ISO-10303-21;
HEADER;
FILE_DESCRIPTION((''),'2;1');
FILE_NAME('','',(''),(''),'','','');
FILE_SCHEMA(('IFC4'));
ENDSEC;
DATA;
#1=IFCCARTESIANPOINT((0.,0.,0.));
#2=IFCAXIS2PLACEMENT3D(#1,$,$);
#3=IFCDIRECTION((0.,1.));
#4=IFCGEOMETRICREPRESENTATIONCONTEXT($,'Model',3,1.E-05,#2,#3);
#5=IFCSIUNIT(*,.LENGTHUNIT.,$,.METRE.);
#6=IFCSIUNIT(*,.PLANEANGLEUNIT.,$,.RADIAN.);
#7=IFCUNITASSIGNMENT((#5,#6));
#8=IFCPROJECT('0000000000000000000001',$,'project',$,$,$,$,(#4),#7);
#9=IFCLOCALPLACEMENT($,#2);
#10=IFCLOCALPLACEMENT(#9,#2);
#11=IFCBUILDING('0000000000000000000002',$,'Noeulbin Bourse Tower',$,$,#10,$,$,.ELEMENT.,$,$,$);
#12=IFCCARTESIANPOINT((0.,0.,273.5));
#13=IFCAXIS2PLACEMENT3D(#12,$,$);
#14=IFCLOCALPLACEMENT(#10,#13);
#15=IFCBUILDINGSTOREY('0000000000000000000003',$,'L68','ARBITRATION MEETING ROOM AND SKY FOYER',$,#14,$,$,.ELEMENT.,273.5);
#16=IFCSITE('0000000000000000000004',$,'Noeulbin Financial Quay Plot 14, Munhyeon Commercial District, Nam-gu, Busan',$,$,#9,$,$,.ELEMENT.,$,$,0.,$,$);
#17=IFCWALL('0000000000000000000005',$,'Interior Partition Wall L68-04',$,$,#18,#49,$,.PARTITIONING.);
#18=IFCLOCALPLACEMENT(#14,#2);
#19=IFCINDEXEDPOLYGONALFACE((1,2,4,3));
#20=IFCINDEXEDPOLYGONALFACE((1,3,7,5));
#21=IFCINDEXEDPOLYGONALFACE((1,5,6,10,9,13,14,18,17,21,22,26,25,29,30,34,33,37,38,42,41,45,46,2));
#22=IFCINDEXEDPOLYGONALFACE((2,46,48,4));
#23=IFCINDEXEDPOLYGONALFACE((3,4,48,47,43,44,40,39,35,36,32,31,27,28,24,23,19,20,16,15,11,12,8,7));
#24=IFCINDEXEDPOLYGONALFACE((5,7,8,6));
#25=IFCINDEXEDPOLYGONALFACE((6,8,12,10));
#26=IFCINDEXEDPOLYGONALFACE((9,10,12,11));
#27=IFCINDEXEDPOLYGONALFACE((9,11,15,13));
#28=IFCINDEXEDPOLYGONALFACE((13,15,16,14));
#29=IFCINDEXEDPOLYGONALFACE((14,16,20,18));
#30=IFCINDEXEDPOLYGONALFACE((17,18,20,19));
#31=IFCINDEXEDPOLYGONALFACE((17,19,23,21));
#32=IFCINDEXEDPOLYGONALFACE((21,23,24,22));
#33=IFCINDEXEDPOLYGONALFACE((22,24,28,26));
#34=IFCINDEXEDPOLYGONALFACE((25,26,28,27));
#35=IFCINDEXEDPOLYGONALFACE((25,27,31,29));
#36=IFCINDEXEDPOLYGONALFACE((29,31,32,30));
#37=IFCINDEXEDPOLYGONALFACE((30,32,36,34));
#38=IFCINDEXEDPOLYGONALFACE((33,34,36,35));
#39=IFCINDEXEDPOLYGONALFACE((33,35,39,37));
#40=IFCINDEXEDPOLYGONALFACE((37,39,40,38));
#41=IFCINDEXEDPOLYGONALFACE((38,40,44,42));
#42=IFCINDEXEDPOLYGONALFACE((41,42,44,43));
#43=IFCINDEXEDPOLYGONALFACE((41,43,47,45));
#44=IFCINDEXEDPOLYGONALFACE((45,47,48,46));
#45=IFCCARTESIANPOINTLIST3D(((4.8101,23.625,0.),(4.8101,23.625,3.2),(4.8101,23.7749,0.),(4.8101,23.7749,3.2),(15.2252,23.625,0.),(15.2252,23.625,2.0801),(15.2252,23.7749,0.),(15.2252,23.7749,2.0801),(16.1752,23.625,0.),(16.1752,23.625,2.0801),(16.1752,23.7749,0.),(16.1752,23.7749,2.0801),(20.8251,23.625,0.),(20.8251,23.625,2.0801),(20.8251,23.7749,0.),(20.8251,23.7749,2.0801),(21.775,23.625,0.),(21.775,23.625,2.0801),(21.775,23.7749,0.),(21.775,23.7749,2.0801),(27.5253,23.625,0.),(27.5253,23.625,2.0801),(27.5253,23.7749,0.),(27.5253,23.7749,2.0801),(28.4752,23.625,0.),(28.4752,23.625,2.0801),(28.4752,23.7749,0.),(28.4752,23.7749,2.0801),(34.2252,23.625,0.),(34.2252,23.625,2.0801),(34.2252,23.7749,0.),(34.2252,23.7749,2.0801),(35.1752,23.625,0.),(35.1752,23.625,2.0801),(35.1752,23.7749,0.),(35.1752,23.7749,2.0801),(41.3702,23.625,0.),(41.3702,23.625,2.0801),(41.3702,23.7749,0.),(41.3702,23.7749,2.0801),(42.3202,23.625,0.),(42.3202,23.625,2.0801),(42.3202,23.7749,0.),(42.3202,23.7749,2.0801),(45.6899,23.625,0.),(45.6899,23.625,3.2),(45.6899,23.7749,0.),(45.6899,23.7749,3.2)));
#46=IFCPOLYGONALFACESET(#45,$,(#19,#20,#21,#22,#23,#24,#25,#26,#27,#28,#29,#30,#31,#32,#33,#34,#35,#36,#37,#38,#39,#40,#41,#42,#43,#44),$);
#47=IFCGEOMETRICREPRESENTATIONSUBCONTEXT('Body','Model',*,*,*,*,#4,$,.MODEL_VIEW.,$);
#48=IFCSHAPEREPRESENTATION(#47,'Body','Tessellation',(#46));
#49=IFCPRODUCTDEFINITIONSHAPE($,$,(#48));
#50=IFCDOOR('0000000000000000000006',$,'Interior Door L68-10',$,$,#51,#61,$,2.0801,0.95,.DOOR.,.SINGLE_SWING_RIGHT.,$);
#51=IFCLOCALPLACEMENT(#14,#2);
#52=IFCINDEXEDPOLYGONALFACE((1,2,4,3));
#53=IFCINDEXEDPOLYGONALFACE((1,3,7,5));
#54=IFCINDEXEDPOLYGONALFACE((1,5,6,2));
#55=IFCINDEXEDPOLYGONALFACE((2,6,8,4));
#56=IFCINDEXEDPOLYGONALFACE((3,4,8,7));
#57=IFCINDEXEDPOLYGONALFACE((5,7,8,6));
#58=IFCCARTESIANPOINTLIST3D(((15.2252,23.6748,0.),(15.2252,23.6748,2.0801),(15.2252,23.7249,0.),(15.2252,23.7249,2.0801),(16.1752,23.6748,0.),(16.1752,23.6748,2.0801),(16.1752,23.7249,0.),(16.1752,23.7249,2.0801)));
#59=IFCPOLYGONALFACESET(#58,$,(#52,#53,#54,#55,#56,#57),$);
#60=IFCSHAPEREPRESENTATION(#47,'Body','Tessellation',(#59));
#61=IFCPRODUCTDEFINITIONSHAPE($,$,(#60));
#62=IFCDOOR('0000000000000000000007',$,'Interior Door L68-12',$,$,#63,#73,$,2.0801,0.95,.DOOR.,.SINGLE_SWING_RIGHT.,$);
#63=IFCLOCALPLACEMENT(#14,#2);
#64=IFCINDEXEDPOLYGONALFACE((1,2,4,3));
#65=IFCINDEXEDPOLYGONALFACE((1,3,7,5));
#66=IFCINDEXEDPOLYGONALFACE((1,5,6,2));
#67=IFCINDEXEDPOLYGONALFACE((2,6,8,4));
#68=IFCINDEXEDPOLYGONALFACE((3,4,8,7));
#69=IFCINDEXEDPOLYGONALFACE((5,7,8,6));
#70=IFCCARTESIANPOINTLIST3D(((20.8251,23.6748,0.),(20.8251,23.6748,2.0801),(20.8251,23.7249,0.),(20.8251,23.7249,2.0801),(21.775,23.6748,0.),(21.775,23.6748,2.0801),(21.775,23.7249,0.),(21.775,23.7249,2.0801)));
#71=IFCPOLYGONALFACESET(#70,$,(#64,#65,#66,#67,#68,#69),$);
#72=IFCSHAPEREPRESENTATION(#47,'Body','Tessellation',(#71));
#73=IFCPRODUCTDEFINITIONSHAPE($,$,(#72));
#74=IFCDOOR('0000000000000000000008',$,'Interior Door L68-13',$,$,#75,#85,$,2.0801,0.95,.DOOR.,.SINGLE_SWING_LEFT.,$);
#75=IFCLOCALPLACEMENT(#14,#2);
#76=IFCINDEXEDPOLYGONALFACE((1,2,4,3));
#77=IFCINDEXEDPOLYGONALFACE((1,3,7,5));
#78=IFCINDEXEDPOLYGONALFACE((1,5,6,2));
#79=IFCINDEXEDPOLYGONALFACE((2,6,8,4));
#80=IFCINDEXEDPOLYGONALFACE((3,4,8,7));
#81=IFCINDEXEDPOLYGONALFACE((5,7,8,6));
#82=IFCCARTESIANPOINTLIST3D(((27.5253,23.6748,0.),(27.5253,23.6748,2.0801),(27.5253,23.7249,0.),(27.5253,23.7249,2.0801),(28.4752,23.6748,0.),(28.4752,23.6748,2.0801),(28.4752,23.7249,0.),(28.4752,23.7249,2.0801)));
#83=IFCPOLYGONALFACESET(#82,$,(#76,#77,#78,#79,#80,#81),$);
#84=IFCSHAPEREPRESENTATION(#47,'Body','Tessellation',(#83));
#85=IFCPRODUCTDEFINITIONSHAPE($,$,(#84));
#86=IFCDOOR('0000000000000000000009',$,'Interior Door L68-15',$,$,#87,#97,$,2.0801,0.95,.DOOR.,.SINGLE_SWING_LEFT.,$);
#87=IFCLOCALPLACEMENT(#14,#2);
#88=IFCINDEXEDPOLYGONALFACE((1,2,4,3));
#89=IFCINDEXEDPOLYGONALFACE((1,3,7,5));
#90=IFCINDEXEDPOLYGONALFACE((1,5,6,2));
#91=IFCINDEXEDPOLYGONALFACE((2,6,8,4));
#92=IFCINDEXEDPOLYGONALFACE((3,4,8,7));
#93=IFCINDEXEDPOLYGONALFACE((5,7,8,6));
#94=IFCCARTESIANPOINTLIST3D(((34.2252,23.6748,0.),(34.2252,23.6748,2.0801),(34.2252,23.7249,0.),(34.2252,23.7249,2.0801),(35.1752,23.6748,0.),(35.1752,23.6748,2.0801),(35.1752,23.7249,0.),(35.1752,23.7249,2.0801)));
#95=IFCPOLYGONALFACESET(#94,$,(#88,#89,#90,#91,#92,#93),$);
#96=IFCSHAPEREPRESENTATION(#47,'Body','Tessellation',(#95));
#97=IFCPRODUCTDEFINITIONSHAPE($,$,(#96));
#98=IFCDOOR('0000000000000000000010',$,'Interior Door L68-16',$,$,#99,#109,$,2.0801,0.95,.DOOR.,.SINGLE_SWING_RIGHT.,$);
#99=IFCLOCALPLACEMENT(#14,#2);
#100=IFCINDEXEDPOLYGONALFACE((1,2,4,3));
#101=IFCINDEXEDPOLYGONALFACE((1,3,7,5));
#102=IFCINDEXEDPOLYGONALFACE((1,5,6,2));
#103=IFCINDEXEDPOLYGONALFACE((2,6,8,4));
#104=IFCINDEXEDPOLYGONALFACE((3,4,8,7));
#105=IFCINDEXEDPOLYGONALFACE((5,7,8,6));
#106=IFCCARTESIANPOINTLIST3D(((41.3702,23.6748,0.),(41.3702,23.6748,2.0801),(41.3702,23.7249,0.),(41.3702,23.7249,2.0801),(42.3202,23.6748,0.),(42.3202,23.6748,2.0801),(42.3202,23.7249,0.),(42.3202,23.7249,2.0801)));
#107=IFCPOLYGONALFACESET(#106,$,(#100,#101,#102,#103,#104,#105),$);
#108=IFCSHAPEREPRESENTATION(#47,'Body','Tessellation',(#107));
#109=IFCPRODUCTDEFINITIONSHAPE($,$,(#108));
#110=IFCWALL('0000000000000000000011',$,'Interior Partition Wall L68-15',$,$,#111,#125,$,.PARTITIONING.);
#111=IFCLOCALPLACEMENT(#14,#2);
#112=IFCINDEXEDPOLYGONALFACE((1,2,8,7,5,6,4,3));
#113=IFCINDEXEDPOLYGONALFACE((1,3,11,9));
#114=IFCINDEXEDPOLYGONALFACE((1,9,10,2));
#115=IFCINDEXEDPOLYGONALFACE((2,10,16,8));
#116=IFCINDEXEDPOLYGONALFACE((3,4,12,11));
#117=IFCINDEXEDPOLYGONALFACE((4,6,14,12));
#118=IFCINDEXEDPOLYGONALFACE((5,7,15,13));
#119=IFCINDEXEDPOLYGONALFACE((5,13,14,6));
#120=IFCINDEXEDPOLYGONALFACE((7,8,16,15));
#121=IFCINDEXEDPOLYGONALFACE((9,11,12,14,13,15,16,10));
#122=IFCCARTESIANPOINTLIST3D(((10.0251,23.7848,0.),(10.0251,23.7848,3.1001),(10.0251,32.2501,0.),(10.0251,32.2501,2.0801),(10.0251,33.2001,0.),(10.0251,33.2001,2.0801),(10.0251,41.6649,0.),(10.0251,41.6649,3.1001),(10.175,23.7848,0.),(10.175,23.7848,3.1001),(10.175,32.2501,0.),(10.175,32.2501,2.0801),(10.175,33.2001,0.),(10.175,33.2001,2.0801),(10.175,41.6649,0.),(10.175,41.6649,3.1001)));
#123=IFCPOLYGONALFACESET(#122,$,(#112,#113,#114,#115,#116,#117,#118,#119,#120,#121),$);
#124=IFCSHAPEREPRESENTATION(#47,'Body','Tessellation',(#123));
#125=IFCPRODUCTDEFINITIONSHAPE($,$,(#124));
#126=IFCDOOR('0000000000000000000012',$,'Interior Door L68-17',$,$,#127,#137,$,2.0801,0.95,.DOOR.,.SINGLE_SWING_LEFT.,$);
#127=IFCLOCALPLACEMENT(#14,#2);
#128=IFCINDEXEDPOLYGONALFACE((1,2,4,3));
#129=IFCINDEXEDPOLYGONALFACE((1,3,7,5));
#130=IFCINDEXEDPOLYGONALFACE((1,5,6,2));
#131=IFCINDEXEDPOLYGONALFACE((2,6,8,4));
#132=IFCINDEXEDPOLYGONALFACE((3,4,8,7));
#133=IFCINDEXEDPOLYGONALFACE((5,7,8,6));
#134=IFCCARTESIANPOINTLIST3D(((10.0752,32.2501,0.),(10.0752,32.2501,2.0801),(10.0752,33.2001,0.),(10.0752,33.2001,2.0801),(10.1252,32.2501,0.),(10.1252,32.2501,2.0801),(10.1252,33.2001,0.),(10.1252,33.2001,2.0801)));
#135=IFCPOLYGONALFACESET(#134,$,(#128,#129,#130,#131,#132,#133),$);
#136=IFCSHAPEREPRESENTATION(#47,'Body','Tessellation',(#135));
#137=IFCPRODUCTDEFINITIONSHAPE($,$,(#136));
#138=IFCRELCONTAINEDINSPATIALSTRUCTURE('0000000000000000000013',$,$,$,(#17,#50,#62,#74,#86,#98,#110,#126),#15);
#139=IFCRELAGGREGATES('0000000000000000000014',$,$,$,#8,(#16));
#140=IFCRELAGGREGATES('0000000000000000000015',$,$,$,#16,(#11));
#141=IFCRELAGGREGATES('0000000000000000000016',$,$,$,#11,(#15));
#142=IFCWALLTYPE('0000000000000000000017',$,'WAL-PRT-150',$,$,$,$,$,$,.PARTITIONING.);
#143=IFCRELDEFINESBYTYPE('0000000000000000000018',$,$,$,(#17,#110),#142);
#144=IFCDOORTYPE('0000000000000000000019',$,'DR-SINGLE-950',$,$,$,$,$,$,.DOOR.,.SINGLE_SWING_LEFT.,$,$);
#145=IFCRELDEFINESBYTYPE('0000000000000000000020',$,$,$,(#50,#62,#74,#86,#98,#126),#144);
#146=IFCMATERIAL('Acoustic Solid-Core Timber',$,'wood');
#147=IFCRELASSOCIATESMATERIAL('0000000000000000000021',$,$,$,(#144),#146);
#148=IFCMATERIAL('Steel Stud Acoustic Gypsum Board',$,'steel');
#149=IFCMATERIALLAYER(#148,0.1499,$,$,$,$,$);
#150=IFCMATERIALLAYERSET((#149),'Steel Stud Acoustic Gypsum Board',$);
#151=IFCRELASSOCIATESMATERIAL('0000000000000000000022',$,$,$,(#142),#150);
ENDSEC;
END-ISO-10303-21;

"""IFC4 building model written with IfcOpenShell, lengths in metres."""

from ifc_helpers import new_model, si_unit, direction, frame, frame_2d, origin, place, context, subcontext, project, spatial, rectangle, extrude, material, layer, layer_set, type_object, element, fill, save


model = new_model("IFC4")

# Units and contexts
model_context = context("Model", 3, precision=1e-05, world=origin(), true_north=direction((0.0, 1.0)))
body_context = subcontext(model_context, "Body", "Model", "MODEL_VIEW")
ifc_project = project(units=[si_unit("LENGTHUNIT", "METRE"), si_unit("PLANEANGLEUNIT", "RADIAN")], contexts=[model_context])

# Site, building, storey
site_placement = place(None, origin())
site = spatial("IfcSite", under=ifc_project, at=site_placement, Name="Noeulbin Financial Quay Plot 14, Munhyeon Commercial District, Nam-gu, Busan", CompositionType="ELEMENT", RefElevation=0.0)
building_placement = place(site_placement, origin())
building = spatial("IfcBuilding", under=site, at=building_placement, Name="Noeulbin Bourse Tower", CompositionType="ELEMENT")
storey_placement = place(building_placement, frame((0.0, 0.0, 273.5)))
storey = spatial("IfcBuildingStorey", under=building, at=storey_placement, Name="L68", Description="ARBITRATION MEETING ROOM AND SKY FOYER", CompositionType="ELEMENT", Elevation=273.5)

# Shared definitions
ifc_material_1 = material(Name="Acoustic Solid-Core Timber", Category="wood")
door_type = type_object("IfcDoorType", Name="DR-SINGLE-950", OperationType="SINGLE_SWING_LEFT", PredefinedType="DOOR", material=ifc_material_1)

# Wall, openings, doors
ifc_material_2 = material(Name="Steel Stud Acoustic Gypsum Board", Category="steel")
ifc_layer_1 = layer(ifc_material_2, 0.1499)
ifc_layer_set_1 = layer_set([ifc_layer_1], Name="Steel Stud Acoustic Gypsum Board")
wall_type_1 = type_object("IfcWallType", Name="WAL-PRT-150", PredefinedType="PARTITIONING", material=ifc_layer_set_1)
wall_1_placement = place(storey_placement, frame((4.8101, 23.7, 0.0), z_axis=(0.0, 0.0, 1.0), x_axis=(1.0, 0.0, 0.0)))
wall_1 = element("IfcWall", 1, at=wall_1_placement, inside=storey, type_object=wall_type_1, Name="Interior Partition Wall L68-04", PredefinedType="PARTITIONING", context=body_context, shape_type="SweptSolid", body=[
    extrude(rectangle(XDim=40.8799, YDim=0.1499, at=frame_2d((20.4399, 0.0))), origin(), (0.0, 0.0, 1.0), 3.2),
])
opening_1_placement = place(wall_1_placement, frame((10.415, 0.0, 0.0)))
opening_1 = element("IfcOpeningElement", 2, at=opening_1_placement, cuts=wall_1, PredefinedType="OPENING", context=body_context, shape_type="SweptSolid", body=[
    extrude(rectangle(XDim=0.95, YDim=2.0801, at=frame_2d((0.4751, 1.04))), frame((0.0, 0.085, 0.0), z_axis=(0.0, -1.0, 0.0), x_axis=(1.0, 0.0, 0.0)), (0.0, 0.0, 1.0), 0.1699),
])
opening_2_placement = place(wall_1_placement, frame((16.0149, 0.0, 0.0)))
opening_2 = element("IfcOpeningElement", 3, at=opening_2_placement, cuts=wall_1, PredefinedType="OPENING", context=body_context, shape_type="SweptSolid", body=[
    extrude(rectangle(XDim=0.95, YDim=2.0801, at=frame_2d((0.4751, 1.04))), frame((0.0, 0.085, 0.0), z_axis=(0.0, -1.0, 0.0), x_axis=(1.0, 0.0, 0.0)), (0.0, 0.0, 1.0), 0.1699),
])
opening_3_placement = place(wall_1_placement, frame((22.7151, 0.0, 0.0)))
opening_3 = element("IfcOpeningElement", 4, at=opening_3_placement, cuts=wall_1, PredefinedType="OPENING", context=body_context, shape_type="SweptSolid", body=[
    extrude(rectangle(XDim=0.95, YDim=2.0801, at=frame_2d((0.4751, 1.04))), frame((0.0, 0.085, 0.0), z_axis=(0.0, -1.0, 0.0), x_axis=(1.0, 0.0, 0.0)), (0.0, 0.0, 1.0), 0.1699),
])
opening_4_placement = place(wall_1_placement, frame((29.415, 0.0, 0.0)))
opening_4 = element("IfcOpeningElement", 5, at=opening_4_placement, cuts=wall_1, PredefinedType="OPENING", context=body_context, shape_type="SweptSolid", body=[
    extrude(rectangle(XDim=0.95, YDim=2.0801, at=frame_2d((0.4751, 1.04))), frame((0.0, 0.085, 0.0), z_axis=(0.0, -1.0, 0.0), x_axis=(1.0, 0.0, 0.0)), (0.0, 0.0, 1.0), 0.1699),
])
opening_5_placement = place(wall_1_placement, frame((36.5601, 0.0, 0.0)))
opening_5 = element("IfcOpeningElement", 6, at=opening_5_placement, cuts=wall_1, PredefinedType="OPENING", context=body_context, shape_type="SweptSolid", body=[
    extrude(rectangle(XDim=0.95, YDim=2.0801, at=frame_2d((0.4751, 1.04))), frame((0.0, 0.085, 0.0), z_axis=(0.0, -1.0, 0.0), x_axis=(1.0, 0.0, 0.0)), (0.0, 0.0, 1.0), 0.1699),
])
door_1_placement = place(opening_1_placement, origin())
door_1 = element("IfcDoor", 7, at=door_1_placement, inside=storey, type_object=door_type, Name="Interior Door L68-10", OperationType="SINGLE_SWING_RIGHT", OverallHeight=2.0801, OverallWidth=0.95, PredefinedType="DOOR", context=body_context, shape_type="SweptSolid", body=[
    extrude(rectangle(XDim=0.95, YDim=2.0801, at=frame_2d((0.4751, 1.04))), frame((0.0, 0.0249, 0.0), z_axis=(0.0, -1.0, 0.0), x_axis=(1.0, 0.0, 0.0)), (0.0, 0.0, 1.0), 0.05),
])
fill(opening_1, door_1)
door_2_placement = place(opening_2_placement, origin())
door_2 = element("IfcDoor", 8, at=door_2_placement, inside=storey, type_object=door_type, Name="Interior Door L68-12", OperationType="SINGLE_SWING_RIGHT", OverallHeight=2.0801, OverallWidth=0.95, PredefinedType="DOOR", context=body_context, shape_type="SweptSolid", body=[
    extrude(rectangle(XDim=0.95, YDim=2.0801, at=frame_2d((0.4751, 1.04))), frame((0.0, 0.0249, 0.0), z_axis=(0.0, -1.0, 0.0), x_axis=(1.0, 0.0, 0.0)), (0.0, 0.0, 1.0), 0.05),
])
fill(opening_2, door_2)
door_3_placement = place(opening_3_placement, origin())
door_3 = element("IfcDoor", 9, at=door_3_placement, inside=storey, type_object=door_type, Name="Interior Door L68-13", OperationType="SINGLE_SWING_LEFT", OverallHeight=2.0801, OverallWidth=0.95, PredefinedType="DOOR", context=body_context, shape_type="SweptSolid", body=[
    extrude(rectangle(XDim=0.95, YDim=2.0801, at=frame_2d((0.4751, 1.04))), frame((0.0, 0.0249, 0.0), z_axis=(0.0, -1.0, 0.0), x_axis=(1.0, 0.0, 0.0)), (0.0, 0.0, 1.0), 0.05),
])
fill(opening_3, door_3)
door_4_placement = place(opening_4_placement, origin())
door_4 = element("IfcDoor", 10, at=door_4_placement, inside=storey, type_object=door_type, Name="Interior Door L68-15", OperationType="SINGLE_SWING_LEFT", OverallHeight=2.0801, OverallWidth=0.95, PredefinedType="DOOR", context=body_context, shape_type="SweptSolid", body=[
    extrude(rectangle(XDim=0.95, YDim=2.0801, at=frame_2d((0.4751, 1.04))), frame((0.0, 0.0249, 0.0), z_axis=(0.0, -1.0, 0.0), x_axis=(1.0, 0.0, 0.0)), (0.0, 0.0, 1.0), 0.05),
])
fill(opening_4, door_4)
door_5_placement = place(opening_5_placement, origin())
door_5 = element("IfcDoor", 11, at=door_5_placement, inside=storey, type_object=door_type, Name="Interior Door L68-16", OperationType="SINGLE_SWING_RIGHT", OverallHeight=2.0801, OverallWidth=0.95, PredefinedType="DOOR", context=body_context, shape_type="SweptSolid", body=[
    extrude(rectangle(XDim=0.95, YDim=2.0801, at=frame_2d((0.4751, 1.04))), frame((0.0, 0.0249, 0.0), z_axis=(0.0, -1.0, 0.0), x_axis=(1.0, 0.0, 0.0)), (0.0, 0.0, 1.0), 0.05),
])
fill(opening_5, door_5)

# Wall, opening, door
wall_2_placement = place(storey_placement, frame((10.1001, 23.7849, 0.0), z_axis=(0.0, 0.0, 1.0), x_axis=(0.0, 1.0, 0.0)))
wall_2 = element("IfcWall", 12, at=wall_2_placement, inside=storey, type_object=wall_type_1, Name="Interior Partition Wall L68-15", PredefinedType="PARTITIONING", context=body_context, shape_type="SweptSolid", body=[
    extrude(rectangle(XDim=17.8801, YDim=0.1499, at=frame_2d((8.9399, 0.0))), origin(), (0.0, 0.0, 1.0), 3.1001),
])
opening_6_placement = place(wall_2_placement, frame((8.4651, 0.0, 0.0)))
opening_6 = element("IfcOpeningElement", 13, at=opening_6_placement, cuts=wall_2, PredefinedType="OPENING", context=body_context, shape_type="SweptSolid", body=[
    extrude(rectangle(XDim=0.95, YDim=2.0801, at=frame_2d((0.4751, 1.04))), frame((0.0, 0.085, 0.0), z_axis=(0.0, -1.0, 0.0), x_axis=(1.0, 0.0, 0.0)), (0.0, 0.0, 1.0), 0.1699),
])
door_6_placement = place(opening_6_placement, origin())
door_6 = element("IfcDoor", 14, at=door_6_placement, inside=storey, type_object=door_type, Name="Interior Door L68-17", OperationType="SINGLE_SWING_LEFT", OverallHeight=2.0801, OverallWidth=0.95, PredefinedType="DOOR", context=body_context, shape_type="SweptSolid", body=[
    extrude(rectangle(XDim=0.95, YDim=2.0801, at=frame_2d((0.4751, 1.04))), frame((0.0, 0.0249, 0.0), z_axis=(0.0, -1.0, 0.0), x_axis=(1.0, 0.0, 0.0)), (0.0, 0.0, 1.0), 0.05),
])
fill(opening_6, door_6)

save(model, "model.ifc")
